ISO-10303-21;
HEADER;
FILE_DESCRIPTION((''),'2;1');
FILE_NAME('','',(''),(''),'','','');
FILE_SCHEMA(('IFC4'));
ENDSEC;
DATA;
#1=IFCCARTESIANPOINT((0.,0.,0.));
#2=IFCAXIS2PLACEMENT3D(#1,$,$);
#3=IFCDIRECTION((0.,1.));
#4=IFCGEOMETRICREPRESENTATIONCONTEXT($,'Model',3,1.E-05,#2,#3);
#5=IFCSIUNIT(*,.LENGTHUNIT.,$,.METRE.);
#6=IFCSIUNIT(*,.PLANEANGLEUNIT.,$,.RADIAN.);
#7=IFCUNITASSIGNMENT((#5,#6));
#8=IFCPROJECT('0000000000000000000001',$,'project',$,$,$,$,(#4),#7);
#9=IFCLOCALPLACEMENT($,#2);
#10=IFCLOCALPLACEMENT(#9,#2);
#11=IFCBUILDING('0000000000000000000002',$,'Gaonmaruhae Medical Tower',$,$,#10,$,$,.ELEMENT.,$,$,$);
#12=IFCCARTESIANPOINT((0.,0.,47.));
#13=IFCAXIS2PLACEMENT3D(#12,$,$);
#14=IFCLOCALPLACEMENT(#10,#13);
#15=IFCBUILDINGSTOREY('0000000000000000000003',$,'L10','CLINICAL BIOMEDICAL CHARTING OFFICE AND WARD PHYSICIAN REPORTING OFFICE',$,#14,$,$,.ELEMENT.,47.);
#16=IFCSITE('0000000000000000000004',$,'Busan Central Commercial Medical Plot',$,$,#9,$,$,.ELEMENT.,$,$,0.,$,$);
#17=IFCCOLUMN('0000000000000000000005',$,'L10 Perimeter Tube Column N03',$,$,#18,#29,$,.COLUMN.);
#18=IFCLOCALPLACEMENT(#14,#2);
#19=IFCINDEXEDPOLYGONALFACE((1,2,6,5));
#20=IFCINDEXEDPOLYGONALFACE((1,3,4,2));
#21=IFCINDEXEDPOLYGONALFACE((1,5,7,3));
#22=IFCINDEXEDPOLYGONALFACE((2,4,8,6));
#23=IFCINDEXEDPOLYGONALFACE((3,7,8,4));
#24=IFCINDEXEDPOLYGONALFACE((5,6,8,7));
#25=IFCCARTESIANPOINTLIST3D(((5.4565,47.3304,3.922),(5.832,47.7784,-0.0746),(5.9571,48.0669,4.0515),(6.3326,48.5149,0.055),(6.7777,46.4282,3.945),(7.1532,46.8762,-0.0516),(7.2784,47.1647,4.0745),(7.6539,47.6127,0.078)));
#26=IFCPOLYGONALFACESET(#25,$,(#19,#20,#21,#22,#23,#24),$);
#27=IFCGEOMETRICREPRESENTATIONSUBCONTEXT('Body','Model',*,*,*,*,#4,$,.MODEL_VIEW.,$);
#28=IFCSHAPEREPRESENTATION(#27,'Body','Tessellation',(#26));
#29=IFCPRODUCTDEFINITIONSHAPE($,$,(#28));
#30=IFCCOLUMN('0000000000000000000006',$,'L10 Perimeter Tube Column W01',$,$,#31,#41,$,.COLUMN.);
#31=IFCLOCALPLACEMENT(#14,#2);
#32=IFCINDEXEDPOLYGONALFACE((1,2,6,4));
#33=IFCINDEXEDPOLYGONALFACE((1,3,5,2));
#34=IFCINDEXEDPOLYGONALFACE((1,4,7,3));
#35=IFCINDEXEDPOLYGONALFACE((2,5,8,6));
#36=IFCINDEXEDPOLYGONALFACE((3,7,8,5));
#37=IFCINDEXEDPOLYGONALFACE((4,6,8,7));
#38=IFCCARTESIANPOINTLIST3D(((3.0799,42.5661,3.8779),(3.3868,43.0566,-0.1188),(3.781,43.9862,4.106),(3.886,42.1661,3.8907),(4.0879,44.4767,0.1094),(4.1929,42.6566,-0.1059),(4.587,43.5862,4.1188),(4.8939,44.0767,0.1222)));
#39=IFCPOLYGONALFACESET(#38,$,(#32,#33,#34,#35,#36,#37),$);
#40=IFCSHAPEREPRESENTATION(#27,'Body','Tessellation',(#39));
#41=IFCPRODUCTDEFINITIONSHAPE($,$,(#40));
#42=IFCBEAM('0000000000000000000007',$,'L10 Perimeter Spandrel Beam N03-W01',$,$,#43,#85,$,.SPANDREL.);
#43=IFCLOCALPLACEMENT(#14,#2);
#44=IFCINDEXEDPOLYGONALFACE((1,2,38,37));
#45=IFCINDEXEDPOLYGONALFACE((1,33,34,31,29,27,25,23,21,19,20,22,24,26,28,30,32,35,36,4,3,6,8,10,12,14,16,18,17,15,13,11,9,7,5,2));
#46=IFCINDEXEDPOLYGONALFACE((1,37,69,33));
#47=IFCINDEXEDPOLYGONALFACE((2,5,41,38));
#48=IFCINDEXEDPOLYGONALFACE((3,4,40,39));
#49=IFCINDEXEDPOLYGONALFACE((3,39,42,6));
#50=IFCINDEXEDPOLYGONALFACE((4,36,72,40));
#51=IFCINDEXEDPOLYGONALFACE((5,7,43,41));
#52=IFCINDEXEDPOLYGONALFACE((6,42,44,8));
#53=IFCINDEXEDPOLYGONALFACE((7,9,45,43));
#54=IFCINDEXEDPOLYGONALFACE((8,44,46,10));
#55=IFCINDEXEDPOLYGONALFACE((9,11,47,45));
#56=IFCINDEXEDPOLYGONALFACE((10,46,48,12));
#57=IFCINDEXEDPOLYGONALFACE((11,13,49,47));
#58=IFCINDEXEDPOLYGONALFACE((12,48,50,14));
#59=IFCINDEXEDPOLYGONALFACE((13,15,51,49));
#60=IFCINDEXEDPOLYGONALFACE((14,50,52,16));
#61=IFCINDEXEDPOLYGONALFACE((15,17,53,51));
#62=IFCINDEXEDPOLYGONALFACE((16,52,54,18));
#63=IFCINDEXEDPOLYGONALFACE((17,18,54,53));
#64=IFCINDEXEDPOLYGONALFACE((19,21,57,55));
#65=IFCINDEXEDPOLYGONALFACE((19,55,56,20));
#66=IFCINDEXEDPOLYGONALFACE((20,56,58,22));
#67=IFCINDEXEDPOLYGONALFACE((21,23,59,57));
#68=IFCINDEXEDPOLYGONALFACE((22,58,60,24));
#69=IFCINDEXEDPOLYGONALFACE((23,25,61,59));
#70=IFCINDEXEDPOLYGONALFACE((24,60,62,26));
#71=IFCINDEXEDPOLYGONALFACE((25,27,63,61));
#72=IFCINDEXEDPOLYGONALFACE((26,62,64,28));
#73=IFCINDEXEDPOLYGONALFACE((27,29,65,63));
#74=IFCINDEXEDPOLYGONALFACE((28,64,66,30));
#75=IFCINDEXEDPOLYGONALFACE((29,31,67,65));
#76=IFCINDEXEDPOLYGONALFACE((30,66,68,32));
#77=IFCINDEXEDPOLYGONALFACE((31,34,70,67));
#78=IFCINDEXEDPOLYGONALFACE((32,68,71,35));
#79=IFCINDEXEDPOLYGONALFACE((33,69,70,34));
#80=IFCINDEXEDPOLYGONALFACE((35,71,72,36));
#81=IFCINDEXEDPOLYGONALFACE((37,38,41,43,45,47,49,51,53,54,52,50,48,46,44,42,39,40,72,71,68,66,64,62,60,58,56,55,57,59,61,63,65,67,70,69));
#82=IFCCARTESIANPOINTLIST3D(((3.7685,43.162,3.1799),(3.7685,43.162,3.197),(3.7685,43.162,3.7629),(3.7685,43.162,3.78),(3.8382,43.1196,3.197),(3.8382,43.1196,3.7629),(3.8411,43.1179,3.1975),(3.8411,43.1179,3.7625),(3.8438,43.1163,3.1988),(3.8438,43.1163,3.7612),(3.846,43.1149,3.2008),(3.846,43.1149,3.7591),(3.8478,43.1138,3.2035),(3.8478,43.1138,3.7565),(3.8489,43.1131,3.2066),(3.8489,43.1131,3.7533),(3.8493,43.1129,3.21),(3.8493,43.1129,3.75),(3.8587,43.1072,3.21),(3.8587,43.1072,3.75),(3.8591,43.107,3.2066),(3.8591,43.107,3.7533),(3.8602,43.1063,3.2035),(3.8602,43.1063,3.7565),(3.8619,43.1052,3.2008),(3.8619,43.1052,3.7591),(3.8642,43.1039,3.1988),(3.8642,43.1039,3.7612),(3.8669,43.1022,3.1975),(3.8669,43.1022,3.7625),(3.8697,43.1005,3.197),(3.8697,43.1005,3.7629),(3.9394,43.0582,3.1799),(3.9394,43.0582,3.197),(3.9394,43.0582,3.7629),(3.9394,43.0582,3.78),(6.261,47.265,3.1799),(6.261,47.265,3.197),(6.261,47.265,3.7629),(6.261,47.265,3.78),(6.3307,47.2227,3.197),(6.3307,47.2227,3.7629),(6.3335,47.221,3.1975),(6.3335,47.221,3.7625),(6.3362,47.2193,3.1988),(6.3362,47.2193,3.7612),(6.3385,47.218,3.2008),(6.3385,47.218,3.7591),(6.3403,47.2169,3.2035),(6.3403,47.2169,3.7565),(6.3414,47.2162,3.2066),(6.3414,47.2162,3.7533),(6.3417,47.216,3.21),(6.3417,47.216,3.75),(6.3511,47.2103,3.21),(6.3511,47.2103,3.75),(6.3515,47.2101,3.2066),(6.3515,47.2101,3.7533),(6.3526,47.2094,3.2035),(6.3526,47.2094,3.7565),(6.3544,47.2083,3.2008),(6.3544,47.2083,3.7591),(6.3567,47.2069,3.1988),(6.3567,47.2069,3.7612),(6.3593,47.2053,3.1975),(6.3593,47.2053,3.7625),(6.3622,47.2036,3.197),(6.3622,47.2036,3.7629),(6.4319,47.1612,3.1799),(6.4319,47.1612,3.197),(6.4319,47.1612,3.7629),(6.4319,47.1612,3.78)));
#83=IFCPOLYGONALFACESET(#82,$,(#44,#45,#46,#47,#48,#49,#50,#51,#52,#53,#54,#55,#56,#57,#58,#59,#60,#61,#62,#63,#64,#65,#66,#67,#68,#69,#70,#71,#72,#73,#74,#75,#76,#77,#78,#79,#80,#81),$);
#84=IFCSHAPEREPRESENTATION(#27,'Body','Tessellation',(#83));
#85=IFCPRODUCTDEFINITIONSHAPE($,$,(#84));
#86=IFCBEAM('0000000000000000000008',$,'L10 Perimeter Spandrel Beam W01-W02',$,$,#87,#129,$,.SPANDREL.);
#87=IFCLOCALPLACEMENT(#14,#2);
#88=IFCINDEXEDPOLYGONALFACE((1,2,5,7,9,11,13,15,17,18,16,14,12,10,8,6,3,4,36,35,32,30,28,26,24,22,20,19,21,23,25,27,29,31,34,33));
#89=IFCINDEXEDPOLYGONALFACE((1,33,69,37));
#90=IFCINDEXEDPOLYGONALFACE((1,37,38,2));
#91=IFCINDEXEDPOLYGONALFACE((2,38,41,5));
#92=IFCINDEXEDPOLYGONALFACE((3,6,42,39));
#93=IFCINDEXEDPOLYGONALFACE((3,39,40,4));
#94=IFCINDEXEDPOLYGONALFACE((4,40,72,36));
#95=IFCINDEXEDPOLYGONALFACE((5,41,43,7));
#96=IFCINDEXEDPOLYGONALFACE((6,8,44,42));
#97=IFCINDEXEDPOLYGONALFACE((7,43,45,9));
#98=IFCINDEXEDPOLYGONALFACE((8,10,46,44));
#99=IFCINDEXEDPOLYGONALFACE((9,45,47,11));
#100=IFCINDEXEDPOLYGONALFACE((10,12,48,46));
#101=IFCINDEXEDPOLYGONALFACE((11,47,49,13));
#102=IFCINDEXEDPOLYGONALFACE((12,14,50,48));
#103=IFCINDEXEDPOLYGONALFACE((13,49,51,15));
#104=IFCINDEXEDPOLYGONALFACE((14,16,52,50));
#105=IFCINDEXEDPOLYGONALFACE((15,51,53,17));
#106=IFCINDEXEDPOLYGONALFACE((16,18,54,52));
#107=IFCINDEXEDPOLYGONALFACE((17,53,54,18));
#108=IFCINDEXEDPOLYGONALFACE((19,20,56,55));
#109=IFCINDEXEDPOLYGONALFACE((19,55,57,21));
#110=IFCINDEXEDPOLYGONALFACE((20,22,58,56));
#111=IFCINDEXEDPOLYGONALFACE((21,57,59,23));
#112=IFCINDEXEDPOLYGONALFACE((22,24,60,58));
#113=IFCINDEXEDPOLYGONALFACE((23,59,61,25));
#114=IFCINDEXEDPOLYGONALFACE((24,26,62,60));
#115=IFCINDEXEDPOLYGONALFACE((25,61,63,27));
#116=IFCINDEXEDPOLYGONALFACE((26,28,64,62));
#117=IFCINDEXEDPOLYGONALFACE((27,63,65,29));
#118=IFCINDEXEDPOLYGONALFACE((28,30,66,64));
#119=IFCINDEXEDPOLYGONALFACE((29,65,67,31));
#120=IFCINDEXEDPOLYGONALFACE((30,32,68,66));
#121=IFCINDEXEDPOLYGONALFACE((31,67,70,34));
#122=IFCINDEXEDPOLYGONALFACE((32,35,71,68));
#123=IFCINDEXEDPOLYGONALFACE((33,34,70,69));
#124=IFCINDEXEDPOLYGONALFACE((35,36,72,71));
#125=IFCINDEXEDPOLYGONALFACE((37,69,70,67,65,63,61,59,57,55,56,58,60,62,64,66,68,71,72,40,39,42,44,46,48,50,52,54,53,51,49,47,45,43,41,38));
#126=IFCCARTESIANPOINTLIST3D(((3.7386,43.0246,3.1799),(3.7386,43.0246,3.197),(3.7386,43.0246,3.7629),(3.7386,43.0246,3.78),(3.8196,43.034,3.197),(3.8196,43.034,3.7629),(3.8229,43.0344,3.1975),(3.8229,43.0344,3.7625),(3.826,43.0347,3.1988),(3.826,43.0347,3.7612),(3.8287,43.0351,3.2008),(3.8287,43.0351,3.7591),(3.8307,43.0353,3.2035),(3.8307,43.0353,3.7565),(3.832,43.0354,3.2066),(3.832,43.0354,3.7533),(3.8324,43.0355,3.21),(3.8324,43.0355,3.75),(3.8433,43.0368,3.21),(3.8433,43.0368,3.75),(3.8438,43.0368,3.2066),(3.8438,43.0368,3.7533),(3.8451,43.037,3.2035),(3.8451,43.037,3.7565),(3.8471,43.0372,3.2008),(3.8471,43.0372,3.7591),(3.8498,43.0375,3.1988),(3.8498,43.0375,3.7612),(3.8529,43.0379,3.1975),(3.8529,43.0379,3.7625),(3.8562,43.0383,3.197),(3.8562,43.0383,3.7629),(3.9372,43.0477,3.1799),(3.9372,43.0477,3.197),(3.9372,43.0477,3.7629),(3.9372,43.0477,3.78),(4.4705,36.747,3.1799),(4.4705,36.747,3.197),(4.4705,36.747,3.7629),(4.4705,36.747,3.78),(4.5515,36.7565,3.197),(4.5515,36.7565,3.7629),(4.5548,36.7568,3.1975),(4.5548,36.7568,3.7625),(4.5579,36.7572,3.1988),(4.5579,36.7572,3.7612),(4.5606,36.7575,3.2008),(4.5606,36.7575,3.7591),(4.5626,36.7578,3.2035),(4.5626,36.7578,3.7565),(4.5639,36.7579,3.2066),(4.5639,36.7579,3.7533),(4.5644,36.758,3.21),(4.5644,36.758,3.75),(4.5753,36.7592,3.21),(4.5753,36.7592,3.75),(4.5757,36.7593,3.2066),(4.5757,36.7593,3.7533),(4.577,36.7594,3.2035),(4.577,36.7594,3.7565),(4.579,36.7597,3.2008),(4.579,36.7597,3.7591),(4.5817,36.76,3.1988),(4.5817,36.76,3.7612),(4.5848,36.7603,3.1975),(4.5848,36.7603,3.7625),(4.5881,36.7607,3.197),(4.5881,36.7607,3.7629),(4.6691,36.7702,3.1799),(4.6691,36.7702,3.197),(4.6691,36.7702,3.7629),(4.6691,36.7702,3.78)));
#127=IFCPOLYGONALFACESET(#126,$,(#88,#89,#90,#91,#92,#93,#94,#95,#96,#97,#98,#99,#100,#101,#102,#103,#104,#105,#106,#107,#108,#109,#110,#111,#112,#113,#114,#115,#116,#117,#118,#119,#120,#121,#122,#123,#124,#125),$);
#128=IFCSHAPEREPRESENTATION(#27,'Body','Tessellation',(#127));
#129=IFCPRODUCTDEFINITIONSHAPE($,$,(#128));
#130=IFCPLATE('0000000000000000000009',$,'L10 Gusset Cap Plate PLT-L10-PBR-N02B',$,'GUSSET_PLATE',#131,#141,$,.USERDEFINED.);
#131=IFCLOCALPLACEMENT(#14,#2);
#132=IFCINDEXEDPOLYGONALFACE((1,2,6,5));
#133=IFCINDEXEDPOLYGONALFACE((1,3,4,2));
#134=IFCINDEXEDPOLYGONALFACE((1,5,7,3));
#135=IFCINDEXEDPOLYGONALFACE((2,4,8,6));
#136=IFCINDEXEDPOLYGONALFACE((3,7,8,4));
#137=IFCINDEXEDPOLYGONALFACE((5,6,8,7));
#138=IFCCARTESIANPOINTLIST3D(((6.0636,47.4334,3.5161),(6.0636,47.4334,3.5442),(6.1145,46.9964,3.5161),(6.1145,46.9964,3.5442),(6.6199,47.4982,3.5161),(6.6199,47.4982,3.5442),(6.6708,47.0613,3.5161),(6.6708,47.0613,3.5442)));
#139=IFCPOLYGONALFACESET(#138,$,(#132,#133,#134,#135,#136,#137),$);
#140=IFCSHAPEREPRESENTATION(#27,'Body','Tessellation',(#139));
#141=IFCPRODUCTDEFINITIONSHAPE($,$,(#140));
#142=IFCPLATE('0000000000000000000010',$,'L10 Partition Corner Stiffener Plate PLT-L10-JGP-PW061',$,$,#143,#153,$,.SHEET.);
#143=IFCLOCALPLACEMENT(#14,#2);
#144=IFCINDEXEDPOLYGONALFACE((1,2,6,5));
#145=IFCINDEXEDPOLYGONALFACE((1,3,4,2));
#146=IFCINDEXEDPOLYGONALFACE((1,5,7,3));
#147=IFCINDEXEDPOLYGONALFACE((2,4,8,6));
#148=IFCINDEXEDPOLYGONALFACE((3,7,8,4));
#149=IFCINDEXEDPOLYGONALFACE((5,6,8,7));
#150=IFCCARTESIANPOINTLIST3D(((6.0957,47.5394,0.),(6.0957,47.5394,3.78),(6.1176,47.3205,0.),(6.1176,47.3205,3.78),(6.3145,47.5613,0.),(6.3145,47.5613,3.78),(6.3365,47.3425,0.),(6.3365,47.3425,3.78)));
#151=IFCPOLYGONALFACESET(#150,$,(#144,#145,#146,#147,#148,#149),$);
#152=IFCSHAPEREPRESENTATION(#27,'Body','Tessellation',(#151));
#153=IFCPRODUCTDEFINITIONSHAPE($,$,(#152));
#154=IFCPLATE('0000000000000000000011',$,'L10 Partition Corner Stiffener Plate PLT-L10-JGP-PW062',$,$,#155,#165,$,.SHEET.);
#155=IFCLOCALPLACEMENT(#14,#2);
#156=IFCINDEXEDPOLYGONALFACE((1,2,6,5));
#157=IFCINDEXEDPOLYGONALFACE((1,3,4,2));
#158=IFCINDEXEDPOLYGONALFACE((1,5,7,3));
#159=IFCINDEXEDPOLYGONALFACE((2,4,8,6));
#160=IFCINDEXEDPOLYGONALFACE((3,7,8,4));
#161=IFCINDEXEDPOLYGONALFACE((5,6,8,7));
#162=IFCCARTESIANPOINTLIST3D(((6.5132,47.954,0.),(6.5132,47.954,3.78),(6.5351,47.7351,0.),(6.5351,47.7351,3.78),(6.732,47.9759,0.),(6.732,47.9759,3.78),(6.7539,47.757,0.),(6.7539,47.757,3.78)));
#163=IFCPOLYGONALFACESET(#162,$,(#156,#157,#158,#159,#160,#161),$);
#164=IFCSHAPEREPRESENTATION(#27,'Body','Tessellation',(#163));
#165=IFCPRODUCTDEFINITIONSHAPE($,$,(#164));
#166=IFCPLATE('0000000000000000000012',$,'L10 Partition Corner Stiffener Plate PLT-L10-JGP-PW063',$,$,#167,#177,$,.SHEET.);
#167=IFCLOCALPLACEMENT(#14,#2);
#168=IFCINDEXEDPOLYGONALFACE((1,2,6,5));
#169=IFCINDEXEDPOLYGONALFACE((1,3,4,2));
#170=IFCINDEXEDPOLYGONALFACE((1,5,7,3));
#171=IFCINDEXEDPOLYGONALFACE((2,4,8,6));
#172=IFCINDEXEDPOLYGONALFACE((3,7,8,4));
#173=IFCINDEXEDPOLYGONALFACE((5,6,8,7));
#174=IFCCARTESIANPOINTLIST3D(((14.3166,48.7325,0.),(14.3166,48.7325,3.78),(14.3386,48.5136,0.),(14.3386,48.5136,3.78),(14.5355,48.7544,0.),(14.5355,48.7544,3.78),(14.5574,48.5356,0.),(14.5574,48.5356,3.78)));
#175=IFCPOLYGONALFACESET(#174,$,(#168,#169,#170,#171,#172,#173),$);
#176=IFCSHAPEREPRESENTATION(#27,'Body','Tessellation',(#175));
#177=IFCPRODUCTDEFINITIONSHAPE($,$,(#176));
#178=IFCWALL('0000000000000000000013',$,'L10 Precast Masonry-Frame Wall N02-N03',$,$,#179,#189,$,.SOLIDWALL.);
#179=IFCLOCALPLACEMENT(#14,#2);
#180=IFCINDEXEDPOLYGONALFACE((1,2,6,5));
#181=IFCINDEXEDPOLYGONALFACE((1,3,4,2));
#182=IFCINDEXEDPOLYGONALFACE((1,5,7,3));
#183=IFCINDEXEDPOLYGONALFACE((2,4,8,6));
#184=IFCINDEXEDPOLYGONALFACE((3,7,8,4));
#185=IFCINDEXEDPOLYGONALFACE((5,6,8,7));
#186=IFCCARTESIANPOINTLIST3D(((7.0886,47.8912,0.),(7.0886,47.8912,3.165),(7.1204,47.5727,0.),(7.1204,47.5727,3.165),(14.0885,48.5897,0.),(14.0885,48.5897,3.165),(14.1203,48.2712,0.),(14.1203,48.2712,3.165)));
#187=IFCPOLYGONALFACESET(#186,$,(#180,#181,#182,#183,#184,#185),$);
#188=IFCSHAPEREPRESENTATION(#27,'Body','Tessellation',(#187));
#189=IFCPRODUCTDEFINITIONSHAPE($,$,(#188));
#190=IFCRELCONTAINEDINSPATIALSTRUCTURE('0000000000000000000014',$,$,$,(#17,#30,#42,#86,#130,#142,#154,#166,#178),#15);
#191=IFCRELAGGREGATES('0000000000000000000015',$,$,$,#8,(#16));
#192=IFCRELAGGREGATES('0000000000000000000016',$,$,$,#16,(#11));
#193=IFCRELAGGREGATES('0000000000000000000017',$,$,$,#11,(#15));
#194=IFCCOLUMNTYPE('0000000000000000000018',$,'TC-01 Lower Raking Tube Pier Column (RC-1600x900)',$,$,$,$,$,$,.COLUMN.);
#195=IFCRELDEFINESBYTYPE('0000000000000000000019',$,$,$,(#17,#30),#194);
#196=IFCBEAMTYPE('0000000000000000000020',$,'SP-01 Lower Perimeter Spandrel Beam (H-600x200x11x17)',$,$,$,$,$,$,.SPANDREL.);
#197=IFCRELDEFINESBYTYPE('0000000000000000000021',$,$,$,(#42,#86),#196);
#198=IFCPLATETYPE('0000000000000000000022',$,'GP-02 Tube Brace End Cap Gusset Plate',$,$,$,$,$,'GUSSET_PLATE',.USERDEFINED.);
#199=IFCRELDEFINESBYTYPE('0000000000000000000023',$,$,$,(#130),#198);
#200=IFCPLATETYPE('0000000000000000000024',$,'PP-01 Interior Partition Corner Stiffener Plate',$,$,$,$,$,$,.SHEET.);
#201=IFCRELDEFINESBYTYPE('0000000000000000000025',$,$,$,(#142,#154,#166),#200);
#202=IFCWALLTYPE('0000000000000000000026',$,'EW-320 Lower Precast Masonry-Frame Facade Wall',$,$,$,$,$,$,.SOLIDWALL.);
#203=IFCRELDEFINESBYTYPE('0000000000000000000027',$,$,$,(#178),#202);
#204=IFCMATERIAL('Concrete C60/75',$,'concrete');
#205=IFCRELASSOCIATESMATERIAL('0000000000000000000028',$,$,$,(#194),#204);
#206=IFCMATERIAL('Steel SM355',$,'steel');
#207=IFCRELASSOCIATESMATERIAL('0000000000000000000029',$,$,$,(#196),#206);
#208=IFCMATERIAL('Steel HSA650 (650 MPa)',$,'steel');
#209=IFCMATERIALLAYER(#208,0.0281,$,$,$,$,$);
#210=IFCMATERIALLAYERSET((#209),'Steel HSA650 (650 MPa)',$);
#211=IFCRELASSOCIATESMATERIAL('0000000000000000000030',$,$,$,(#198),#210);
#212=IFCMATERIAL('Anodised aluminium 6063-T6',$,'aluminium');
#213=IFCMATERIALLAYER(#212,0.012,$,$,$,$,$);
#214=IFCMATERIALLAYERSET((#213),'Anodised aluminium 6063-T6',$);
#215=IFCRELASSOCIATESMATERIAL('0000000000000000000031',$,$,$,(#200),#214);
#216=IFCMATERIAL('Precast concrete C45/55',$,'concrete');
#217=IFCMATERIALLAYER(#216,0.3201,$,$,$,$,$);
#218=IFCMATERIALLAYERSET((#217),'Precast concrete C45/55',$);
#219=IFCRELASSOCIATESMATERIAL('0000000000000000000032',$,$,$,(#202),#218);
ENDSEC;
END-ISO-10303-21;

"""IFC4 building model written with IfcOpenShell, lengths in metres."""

from ifc_helpers import new_model, si_unit, direction, frame, frame_2d, origin, origin_2d, place, context, subcontext, project, spatial, rectangle, i_section, extrude, material, layer, layer_set, material_profile, profile_set, type_object, element, save


model = new_model("IFC4")

# Units and contexts
model_context = context("Model", 3, precision=1e-05, world=origin(), true_north=direction((0.0, 1.0)))
body_context = subcontext(model_context, "Body", "Model", "MODEL_VIEW")
ifc_project = project(units=[si_unit("LENGTHUNIT", "METRE"), si_unit("PLANEANGLEUNIT", "RADIAN")], contexts=[model_context])

# Site, building, storey
site_placement = place(None, origin())
site = spatial("IfcSite", under=ifc_project, at=site_placement, Name="Busan Central Commercial Medical Plot", CompositionType="ELEMENT", RefElevation=0.0)
building_placement = place(site_placement, origin())
building = spatial("IfcBuilding", under=site, at=building_placement, Name="Gaonmaruhae Medical Tower", CompositionType="ELEMENT")
storey_placement = place(building_placement, frame((0.0, 0.0, 47.0)))
storey = spatial("IfcBuildingStorey", under=building, at=storey_placement, Name="L10", Description="CLINICAL BIOMEDICAL CHARTING OFFICE AND WARD PHYSICIAN REPORTING OFFICE", CompositionType="ELEMENT", Elevation=47.0)

# Columns
ifc_material_1 = material(Name="Concrete C60/75", Category="concrete")
ifc_material_profile_1 = material_profile(ifc_material_1, rectangle(XDim=1.6001, YDim=0.8999, at=origin_2d()), Name="RC-1600x900")
ifc_profile_set_1 = profile_set([ifc_material_profile_1], Name="Concrete C60/75")
column_type = type_object("IfcColumnType", Name="TC-01 Lower Raking Tube Pier Column (RC-1600x900)", PredefinedType="COLUMN", material=ifc_profile_set_1)
column_1_placement = place(storey_placement, frame((6.7429, 47.6956, 0.0017), z_axis=(-0.092963, -0.110915, 0.989472), x_axis=(0.825742, -0.563865, 0.014374)))
element("IfcColumn", 1, at=column_1_placement, inside=storey, type_object=column_type, Name="L10 Perimeter Tube Column N03", PredefinedType="COLUMN", context=body_context, shape_type="SweptSolid", body=[
    extrude(rectangle(XDim=1.6001, YDim=0.8999, at=origin_2d()), origin(), (0.0, 0.0, 1.0), 4.0391),
])
column_2_placement = place(storey_placement, frame((4.1404, 43.5667, 0.0017), z_axis=(-0.075995, -0.121458, 0.989683), x_axis=(0.438151, 0.887524, 0.142565)))
element("IfcColumn", 2, at=column_2_placement, inside=storey, type_object=column_type, Name="L10 Perimeter Tube Column W01", PredefinedType="COLUMN", context=body_context, shape_type="SweptSolid", body=[
    extrude(rectangle(XDim=1.6001, YDim=0.8999, at=origin_2d()), origin(), (0.0, 0.0, 1.0), 4.0383),
])

# Beams
ifc_material_2 = material(Name="Steel SM355", Category="steel")
ifc_material_profile_2 = material_profile(ifc_material_2, i_section(OverallWidth=0.2, OverallDepth=0.6001, WebThickness=0.011, FlangeThickness=0.0171, FilletRadius=0.0129, at=origin_2d()), Name="H-600x200x11x17")
ifc_profile_set_2 = profile_set([ifc_material_profile_2], Name="Steel SM355")
beam_type = type_object("IfcBeamType", Name="SP-01 Lower Perimeter Spandrel Beam (H-600x200x11x17)", PredefinedType="SPANDREL", material=ifc_profile_set_2)
beam_1_placement = place(storey_placement, frame((6.3464, 47.2131, 3.48), z_axis=(-0.519177, -0.854667, 0.0), x_axis=(0.854667, -0.519177, 0.0)))
element("IfcBeam", 3, at=beam_1_placement, inside=storey, type_object=beam_type, Name="L10 Perimeter Spandrel Beam N03-W01", PredefinedType="SPANDREL", context=body_context, shape_type="SweptSolid", body=[
    extrude(i_section(OverallWidth=0.2, OverallDepth=0.6001, WebThickness=0.011, FlangeThickness=0.0171, FilletRadius=0.0129, at=origin_2d()), origin(), (0.0, 0.0, 1.0), 4.8008),
])
beam_2_placement = place(storey_placement, frame((3.8379, 43.0361, 3.48), z_axis=(0.11581, -0.993271, 0.0), x_axis=(0.993271, 0.11581, 0.0)))
element("IfcBeam", 4, at=beam_2_placement, inside=storey, type_object=beam_type, Name="L10 Perimeter Spandrel Beam W01-W02", PredefinedType="SPANDREL", context=body_context, shape_type="SweptSolid", body=[
    extrude(i_section(OverallWidth=0.2, OverallDepth=0.6001, WebThickness=0.011, FlangeThickness=0.0171, FilletRadius=0.0129, at=origin_2d()), origin(), (0.0, 0.0, 1.0), 6.3201),
])

# Plates
ifc_material_3 = material(Name="Steel HSA650 (650 MPa)", Category="steel")
ifc_layer_1 = layer(ifc_material_3, 0.0281)
ifc_layer_set_1 = layer_set([ifc_layer_1], Name="Steel HSA650 (650 MPa)")
plate_type_1 = type_object("IfcPlateType", Name="GP-02 Tube Brace End Cap Gusset Plate", ElementType="GUSSET_PLATE", PredefinedType="USERDEFINED", material=ifc_layer_set_1)
plate_placement = place(storey_placement, frame((6.3672, 47.2473, 3.5161), z_axis=(0.0, 0.0, 1.0), x_axis=(0.993272, 0.115804, 0.0)))
element("IfcPlate", 5, at=plate_placement, inside=storey, type_object=plate_type_1, Name="L10 Gusset Cap Plate PLT-L10-PBR-N02B", ObjectType="GUSSET_PLATE", PredefinedType="USERDEFINED", context=body_context, shape_type="SweptSolid", body=[
    extrude(rectangle(XDim=0.5601, YDim=0.4399, at=origin_2d()), origin(), (0.0, 0.0, 1.0), 0.0281),
])
ifc_material_4 = material(Name="Anodised aluminium 6063-T6", Category="aluminium")
ifc_layer_2 = layer(ifc_material_4, 0.012)
ifc_layer_set_2 = layer_set([ifc_layer_2], Name="Anodised aluminium 6063-T6")
plate_type_2 = type_object("IfcPlateType", Name="PP-01 Interior Partition Corner Stiffener Plate", PredefinedType="SHEET", material=ifc_layer_set_2)
for number, where, z_axis, x_axis, name in (
    (6, (6.2161, 47.4409, 0.0), (0.0, 0.0, 1.0), (-0.099771, 0.99501, 0.0), "L10 Partition Corner Stiffener Plate PLT-L10-JGP-PW061"),
    (7, (6.6335, 47.8555, 0.0), (0.0, 0.0, 1.0), (0.995026, 0.099615, 0.0), "L10 Partition Corner Stiffener Plate PLT-L10-JGP-PW062"),
    (8, (14.437, 48.634, 0.0), (0.0, 0.0, 1.0), (0.995009, 0.099789, 0.0), "L10 Partition Corner Stiffener Plate PLT-L10-JGP-PW063"),
):
    element("IfcPlate", number, at=place(storey_placement, frame(where, z_axis=z_axis, x_axis=x_axis)), inside=storey, type_object=plate_type_2, Name=name, PredefinedType="SHEET", context=body_context, shape_type="SweptSolid", body=[
        extrude(rectangle(XDim=0.22, YDim=0.22, at=origin_2d()), origin(), (0.0, 0.0, 1.0), 3.78),
    ])

# Wall
ifc_material_5 = material(Name="Precast concrete C45/55", Category="concrete")
ifc_layer_3 = layer(ifc_material_5, 0.3201)
ifc_layer_set_3 = layer_set([ifc_layer_3], Name="Precast concrete C45/55")
wall_type_1 = type_object("IfcWallType", Name="EW-320 Lower Precast Masonry-Frame Facade Wall", PredefinedType="SOLIDWALL", material=ifc_layer_set_3)
wall_1_placement = place(storey_placement, frame((7.1045, 47.7319, 0.0), z_axis=(0.0, 0.0, 1.0), x_axis=(0.995058, 0.099291, 0.0)))
element("IfcWall", 9, at=wall_1_placement, inside=storey, type_object=wall_type_1, Name="L10 Precast Masonry-Frame Wall N02-N03", PredefinedType="SOLIDWALL", context=body_context, shape_type="SweptSolid", body=[
    extrude(rectangle(XDim=7.0347, YDim=0.3201, at=frame_2d((3.5173, 0.0))), origin(), (0.0, 0.0, 1.0), 3.165),
])

save(model, "model.ifc")
